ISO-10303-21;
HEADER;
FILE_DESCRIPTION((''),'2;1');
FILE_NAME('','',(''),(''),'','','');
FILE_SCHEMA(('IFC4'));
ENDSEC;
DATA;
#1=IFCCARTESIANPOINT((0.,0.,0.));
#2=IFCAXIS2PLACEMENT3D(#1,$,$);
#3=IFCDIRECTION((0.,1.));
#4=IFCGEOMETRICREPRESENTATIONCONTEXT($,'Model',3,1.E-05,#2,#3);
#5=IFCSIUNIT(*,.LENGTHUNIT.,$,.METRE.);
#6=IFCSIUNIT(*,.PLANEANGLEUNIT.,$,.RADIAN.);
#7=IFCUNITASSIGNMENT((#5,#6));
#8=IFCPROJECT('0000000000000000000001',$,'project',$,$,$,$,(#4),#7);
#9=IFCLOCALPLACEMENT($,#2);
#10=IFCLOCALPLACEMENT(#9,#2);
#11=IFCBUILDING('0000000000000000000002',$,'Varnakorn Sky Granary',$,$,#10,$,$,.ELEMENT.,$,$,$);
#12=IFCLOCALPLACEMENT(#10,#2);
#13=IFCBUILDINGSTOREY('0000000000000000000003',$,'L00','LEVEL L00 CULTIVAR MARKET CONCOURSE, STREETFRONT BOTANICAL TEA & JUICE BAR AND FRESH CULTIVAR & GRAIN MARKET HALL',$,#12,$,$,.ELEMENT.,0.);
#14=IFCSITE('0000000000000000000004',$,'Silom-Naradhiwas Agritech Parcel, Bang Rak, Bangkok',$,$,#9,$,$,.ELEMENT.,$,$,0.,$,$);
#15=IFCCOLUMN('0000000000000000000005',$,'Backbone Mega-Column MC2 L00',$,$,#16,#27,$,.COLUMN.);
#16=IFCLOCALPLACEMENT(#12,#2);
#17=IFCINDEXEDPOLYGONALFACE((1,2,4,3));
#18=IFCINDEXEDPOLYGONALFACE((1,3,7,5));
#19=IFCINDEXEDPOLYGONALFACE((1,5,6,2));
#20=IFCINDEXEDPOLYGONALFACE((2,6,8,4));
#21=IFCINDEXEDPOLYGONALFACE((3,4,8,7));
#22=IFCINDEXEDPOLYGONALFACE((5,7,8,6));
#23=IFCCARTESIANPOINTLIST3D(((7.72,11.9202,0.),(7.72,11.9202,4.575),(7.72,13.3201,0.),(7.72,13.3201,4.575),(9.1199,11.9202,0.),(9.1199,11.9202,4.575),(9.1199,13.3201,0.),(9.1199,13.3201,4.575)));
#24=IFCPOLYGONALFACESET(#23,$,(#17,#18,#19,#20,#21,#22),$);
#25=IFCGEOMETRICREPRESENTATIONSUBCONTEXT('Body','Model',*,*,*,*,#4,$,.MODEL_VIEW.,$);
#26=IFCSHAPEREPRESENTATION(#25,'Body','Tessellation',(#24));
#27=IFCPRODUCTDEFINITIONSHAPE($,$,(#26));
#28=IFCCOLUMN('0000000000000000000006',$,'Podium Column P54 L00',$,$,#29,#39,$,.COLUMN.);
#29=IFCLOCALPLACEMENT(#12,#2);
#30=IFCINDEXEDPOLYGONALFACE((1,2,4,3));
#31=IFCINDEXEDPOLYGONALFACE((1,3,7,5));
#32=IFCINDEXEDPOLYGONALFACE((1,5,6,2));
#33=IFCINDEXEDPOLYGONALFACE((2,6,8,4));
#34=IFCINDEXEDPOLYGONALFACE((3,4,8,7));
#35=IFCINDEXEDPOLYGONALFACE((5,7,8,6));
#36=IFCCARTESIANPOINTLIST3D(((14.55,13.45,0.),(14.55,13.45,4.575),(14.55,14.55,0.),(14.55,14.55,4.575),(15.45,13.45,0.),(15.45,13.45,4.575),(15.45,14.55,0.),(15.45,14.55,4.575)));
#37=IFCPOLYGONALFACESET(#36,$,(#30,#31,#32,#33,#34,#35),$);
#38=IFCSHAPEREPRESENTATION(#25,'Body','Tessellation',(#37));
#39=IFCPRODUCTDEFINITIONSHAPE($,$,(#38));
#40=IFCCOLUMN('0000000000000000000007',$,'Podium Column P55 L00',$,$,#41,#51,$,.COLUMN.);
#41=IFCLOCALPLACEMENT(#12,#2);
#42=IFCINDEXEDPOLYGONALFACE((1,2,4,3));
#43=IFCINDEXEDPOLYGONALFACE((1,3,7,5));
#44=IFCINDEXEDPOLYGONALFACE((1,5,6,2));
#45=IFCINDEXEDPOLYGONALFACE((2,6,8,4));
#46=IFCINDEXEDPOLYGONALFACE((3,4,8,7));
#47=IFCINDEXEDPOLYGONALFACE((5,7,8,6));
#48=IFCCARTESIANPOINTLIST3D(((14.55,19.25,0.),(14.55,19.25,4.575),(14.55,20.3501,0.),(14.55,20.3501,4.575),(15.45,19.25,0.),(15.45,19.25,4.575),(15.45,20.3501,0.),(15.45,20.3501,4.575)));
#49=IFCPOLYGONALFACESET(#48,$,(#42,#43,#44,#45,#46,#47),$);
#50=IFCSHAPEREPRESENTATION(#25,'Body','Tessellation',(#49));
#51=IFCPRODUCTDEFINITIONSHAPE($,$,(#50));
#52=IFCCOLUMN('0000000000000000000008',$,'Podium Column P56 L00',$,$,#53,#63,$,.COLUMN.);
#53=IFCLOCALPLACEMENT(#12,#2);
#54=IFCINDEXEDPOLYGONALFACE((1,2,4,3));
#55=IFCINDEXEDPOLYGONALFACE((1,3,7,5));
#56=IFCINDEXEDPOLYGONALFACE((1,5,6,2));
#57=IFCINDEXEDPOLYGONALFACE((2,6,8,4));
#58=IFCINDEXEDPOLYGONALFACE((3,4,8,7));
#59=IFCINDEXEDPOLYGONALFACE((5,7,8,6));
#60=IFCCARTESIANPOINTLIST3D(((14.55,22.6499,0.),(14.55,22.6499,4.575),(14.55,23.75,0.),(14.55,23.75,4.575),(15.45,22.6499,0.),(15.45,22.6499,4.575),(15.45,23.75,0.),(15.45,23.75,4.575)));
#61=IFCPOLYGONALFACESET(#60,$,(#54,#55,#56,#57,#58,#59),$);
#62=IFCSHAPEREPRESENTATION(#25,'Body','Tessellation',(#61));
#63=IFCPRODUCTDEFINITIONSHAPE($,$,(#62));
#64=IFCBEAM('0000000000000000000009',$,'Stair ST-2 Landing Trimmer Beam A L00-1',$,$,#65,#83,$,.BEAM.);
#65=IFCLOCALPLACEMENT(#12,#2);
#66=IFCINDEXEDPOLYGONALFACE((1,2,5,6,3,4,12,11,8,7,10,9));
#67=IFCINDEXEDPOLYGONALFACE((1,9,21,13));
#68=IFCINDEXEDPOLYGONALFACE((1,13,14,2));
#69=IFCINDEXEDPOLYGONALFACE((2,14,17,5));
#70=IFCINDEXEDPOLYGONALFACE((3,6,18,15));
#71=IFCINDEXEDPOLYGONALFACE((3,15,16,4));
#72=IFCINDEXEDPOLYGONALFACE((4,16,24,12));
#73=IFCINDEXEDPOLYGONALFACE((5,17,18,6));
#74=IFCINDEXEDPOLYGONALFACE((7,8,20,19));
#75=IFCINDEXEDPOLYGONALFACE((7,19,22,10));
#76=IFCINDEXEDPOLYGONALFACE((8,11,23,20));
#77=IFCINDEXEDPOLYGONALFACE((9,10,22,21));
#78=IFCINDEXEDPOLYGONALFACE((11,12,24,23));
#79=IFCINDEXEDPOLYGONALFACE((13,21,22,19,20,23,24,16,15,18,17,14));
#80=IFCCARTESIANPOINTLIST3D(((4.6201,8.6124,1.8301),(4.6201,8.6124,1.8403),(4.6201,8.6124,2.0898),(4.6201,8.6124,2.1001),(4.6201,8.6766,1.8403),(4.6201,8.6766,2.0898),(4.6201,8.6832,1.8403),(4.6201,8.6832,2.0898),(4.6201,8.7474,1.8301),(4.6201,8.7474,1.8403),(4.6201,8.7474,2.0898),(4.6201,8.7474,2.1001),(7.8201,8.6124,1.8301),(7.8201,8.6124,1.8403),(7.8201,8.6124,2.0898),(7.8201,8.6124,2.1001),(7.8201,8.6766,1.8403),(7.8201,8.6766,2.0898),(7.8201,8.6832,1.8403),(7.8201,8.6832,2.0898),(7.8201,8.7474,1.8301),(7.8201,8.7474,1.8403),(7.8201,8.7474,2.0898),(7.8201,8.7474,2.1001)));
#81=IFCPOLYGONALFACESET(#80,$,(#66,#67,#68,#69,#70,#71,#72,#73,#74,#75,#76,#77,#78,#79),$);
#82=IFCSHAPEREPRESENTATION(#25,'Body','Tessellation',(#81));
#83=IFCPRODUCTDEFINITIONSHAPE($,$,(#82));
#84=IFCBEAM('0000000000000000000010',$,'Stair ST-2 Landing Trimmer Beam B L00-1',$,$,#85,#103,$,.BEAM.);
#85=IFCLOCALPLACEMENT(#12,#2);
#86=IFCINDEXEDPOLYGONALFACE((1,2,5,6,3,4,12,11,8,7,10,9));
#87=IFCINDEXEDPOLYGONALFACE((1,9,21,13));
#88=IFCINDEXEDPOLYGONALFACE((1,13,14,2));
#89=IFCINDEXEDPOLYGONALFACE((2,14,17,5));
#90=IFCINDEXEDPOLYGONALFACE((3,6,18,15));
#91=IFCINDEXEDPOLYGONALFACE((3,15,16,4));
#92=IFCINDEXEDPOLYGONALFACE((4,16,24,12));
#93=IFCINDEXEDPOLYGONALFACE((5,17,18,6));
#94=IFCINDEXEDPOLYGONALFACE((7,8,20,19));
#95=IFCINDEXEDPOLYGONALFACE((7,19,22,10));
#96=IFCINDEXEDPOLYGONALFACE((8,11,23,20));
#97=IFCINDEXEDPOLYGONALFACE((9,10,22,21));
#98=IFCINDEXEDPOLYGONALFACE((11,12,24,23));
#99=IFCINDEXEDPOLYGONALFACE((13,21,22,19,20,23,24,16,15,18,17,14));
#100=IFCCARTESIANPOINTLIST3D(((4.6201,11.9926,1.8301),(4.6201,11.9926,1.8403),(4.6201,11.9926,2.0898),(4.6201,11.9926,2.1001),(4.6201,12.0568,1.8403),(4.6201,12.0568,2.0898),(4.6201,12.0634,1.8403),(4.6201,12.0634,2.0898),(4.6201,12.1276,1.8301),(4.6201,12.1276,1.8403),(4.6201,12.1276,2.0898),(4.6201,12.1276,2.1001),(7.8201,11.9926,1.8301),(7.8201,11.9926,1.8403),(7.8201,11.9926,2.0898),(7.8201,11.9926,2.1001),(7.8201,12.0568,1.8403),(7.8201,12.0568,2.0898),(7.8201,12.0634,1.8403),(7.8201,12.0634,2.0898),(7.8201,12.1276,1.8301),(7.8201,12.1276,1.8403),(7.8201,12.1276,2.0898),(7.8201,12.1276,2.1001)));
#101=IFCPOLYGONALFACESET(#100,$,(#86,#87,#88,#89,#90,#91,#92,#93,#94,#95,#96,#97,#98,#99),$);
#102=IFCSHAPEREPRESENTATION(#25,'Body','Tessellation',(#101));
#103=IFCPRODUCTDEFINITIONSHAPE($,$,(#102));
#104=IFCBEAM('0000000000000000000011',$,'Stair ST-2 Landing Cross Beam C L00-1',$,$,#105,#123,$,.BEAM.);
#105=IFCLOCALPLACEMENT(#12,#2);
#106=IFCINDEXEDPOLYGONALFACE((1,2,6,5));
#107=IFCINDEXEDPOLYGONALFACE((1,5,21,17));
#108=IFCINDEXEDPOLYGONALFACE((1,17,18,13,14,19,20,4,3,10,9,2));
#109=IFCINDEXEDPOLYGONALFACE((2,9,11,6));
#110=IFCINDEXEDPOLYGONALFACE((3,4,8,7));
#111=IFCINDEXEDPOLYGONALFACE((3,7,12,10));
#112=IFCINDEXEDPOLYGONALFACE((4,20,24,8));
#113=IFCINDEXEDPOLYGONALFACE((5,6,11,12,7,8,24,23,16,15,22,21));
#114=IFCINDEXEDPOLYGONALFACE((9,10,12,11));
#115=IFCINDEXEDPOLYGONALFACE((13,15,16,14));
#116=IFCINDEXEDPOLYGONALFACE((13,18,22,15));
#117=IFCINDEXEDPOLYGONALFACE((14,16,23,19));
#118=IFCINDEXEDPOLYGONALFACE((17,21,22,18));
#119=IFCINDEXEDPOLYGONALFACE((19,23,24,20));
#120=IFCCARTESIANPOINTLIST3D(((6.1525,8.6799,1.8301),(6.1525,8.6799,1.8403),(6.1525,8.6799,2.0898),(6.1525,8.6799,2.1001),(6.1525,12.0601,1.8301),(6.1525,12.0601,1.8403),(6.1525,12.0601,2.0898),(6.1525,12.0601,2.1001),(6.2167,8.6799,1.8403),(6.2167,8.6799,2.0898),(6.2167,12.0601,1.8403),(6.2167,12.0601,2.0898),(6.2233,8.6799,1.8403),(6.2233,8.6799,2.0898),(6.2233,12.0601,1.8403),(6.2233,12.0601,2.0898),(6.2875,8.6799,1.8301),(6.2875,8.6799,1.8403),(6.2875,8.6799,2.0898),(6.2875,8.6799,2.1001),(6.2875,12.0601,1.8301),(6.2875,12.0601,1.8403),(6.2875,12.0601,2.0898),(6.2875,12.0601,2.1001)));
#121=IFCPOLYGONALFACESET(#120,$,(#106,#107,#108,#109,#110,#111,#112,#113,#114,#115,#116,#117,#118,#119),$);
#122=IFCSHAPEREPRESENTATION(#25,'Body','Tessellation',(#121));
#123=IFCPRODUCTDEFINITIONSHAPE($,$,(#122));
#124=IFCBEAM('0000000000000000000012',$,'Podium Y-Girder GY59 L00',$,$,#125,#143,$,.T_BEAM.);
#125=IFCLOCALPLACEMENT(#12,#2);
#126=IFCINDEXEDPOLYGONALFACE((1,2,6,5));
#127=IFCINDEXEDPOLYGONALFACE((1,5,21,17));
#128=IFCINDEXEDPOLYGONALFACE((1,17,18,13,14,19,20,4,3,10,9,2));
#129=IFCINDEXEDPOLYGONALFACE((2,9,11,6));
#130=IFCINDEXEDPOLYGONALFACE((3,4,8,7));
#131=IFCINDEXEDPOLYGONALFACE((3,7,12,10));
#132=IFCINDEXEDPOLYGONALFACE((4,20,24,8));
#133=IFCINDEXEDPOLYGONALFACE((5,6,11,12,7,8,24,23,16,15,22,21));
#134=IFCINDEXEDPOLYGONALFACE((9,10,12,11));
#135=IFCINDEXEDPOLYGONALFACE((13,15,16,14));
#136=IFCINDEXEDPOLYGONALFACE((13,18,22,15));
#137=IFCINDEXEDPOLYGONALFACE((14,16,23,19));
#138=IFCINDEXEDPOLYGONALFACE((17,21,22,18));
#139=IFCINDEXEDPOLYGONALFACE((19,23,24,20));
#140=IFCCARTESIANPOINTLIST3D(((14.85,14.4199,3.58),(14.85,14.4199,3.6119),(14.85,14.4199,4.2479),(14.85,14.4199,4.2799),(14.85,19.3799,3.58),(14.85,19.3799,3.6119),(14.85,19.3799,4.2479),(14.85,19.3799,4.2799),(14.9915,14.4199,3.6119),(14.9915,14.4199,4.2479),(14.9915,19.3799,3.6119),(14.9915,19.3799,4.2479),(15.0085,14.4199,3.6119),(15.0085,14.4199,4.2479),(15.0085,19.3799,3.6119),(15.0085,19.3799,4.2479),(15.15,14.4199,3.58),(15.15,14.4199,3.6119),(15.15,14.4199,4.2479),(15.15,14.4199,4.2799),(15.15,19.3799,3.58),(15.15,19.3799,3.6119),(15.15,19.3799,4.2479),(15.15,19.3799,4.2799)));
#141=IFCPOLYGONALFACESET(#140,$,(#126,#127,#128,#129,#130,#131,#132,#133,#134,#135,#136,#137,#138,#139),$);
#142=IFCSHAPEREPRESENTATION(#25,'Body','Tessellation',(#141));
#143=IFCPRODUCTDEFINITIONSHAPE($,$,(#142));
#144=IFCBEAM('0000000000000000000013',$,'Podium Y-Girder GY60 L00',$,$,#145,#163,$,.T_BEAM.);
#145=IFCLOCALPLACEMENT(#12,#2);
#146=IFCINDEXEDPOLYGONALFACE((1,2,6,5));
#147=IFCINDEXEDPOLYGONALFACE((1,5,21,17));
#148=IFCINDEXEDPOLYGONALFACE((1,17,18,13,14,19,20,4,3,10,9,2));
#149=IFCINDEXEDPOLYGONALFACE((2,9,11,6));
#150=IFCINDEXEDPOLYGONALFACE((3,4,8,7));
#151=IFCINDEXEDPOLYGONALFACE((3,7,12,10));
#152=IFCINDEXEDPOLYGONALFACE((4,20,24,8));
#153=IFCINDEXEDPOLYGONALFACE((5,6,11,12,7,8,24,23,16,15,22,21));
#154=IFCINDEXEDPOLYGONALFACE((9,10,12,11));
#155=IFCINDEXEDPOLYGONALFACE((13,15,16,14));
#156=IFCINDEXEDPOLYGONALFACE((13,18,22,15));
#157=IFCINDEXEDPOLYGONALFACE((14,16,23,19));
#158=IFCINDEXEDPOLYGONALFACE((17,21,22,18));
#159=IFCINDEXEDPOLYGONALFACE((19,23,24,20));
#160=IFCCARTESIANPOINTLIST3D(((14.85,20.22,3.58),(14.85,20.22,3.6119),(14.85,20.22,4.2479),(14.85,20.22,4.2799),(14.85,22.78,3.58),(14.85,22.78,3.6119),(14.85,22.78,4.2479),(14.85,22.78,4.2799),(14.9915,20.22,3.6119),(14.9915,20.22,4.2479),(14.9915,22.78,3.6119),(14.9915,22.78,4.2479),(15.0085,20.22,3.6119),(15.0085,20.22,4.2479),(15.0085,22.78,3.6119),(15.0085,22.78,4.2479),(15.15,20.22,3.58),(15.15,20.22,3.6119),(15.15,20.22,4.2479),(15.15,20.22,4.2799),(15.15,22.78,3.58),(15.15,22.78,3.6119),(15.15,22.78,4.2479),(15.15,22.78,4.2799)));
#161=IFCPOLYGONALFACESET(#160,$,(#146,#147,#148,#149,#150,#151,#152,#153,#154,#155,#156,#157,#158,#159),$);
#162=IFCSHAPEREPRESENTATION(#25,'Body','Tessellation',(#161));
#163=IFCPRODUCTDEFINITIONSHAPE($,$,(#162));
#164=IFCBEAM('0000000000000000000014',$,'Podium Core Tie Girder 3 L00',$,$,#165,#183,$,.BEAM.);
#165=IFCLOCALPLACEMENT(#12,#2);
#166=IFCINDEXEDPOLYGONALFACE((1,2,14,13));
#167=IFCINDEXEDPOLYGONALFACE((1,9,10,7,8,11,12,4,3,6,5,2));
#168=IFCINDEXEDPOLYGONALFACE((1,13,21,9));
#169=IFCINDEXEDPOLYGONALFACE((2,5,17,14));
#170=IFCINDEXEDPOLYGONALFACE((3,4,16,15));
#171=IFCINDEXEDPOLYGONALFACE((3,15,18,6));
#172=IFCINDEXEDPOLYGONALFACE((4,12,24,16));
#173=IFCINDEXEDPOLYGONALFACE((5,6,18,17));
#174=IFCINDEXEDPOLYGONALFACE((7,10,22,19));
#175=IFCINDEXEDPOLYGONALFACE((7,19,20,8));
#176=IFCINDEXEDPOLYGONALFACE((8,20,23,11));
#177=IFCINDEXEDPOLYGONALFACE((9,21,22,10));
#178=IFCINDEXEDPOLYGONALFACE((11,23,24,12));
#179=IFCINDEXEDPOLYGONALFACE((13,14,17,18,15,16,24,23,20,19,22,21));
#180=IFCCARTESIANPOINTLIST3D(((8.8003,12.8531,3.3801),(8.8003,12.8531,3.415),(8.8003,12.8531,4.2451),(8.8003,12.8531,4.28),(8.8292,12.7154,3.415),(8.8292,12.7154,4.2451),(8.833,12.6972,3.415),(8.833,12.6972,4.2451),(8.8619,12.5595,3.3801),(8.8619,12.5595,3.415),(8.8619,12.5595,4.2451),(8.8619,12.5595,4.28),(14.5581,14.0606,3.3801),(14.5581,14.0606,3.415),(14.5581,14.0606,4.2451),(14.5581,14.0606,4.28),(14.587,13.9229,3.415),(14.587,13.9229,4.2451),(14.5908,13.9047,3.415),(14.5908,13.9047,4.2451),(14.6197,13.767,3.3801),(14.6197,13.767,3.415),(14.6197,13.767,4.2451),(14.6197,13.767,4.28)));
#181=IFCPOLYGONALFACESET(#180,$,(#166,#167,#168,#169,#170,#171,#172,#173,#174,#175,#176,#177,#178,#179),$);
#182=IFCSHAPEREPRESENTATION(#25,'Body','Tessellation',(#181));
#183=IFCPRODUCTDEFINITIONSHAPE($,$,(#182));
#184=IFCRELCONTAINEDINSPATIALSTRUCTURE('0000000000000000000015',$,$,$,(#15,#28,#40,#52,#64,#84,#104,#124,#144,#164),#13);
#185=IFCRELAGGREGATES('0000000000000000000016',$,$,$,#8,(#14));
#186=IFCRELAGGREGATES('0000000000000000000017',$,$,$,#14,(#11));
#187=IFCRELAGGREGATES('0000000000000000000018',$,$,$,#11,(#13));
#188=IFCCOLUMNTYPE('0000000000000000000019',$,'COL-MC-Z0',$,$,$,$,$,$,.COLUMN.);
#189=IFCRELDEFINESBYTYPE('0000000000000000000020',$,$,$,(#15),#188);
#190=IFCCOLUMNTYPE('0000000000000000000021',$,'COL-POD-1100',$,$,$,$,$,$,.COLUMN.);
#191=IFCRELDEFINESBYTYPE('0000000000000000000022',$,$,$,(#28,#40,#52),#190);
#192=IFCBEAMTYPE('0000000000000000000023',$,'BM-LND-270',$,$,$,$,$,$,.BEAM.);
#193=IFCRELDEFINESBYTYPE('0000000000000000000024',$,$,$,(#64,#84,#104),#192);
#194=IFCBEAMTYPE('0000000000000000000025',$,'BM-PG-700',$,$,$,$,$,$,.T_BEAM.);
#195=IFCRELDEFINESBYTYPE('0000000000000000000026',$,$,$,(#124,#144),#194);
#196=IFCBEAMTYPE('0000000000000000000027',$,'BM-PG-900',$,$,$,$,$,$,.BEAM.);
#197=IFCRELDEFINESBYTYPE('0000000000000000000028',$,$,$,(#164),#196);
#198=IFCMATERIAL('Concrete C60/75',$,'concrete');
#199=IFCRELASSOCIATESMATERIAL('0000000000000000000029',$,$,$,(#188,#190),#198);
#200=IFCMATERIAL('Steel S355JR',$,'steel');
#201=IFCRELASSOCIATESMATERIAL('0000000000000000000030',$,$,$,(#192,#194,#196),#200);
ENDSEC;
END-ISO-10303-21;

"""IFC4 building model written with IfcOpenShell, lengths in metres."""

from ifc_helpers import new_model, si_unit, direction, frame, origin, origin_2d, place, context, subcontext, project, spatial, rectangle, i_section, extrude, material, material_profile, profile_set, type_object, element, save


model = new_model("IFC4")

# Units and contexts
model_context = context("Model", 3, precision=1e-05, world=origin(), true_north=direction((0.0, 1.0)))
body_context = subcontext(model_context, "Body", "Model", "MODEL_VIEW")
ifc_project = project(units=[si_unit("LENGTHUNIT", "METRE"), si_unit("PLANEANGLEUNIT", "RADIAN")], contexts=[model_context])

# Site, building, storey
site_placement = place(None, origin())
site = spatial("IfcSite", under=ifc_project, at=site_placement, Name="Silom-Naradhiwas Agritech Parcel, Bang Rak, Bangkok", CompositionType="ELEMENT", RefElevation=0.0)
building_placement = place(site_placement, origin())
building = spatial("IfcBuilding", under=site, at=building_placement, Name="Varnakorn Sky Granary", CompositionType="ELEMENT")
storey_placement = place(building_placement, origin())
storey = spatial("IfcBuildingStorey", under=building, at=storey_placement, Name="L00", Description="LEVEL L00 CULTIVAR MARKET CONCOURSE, STREETFRONT BOTANICAL TEA & JUICE BAR AND FRESH CULTIVAR & GRAIN MARKET HALL", CompositionType="ELEMENT", Elevation=0.0)

# Columns
ifc_material_1 = material(Name="Concrete C60/75", Category="concrete")
ifc_material_profile_1 = material_profile(ifc_material_1, rectangle(XDim=1.3999, YDim=1.3999, at=origin_2d()), Name="RC 1400x1400")
ifc_profile_set_1 = profile_set([ifc_material_profile_1], Name="Concrete C60/75")
column_type_1 = type_object("IfcColumnType", Name="COL-MC-Z0", PredefinedType="COLUMN", material=ifc_profile_set_1)
column_placement = place(storey_placement, frame((8.4199, 12.6201, 0.0), z_axis=(0.0, 0.0, 1.0), x_axis=(1.0, 0.0, 0.0)))
element("IfcColumn", 1, at=column_placement, inside=storey, type_object=column_type_1, Name="Backbone Mega-Column MC2 L00", PredefinedType="COLUMN", context=body_context, shape_type="SweptSolid", body=[
    extrude(rectangle(XDim=1.3999, YDim=1.3999, at=origin_2d()), origin(), (0.0, 0.0, 1.0), 4.575),
])
ifc_material_profile_2 = material_profile(ifc_material_1, rectangle(XDim=0.8999, YDim=1.1001, at=origin_2d()), Name="RC 900x1100")
ifc_profile_set_2 = profile_set([ifc_material_profile_2], Name="Concrete C60/75")
column_type_2 = type_object("IfcColumnType", Name="COL-POD-1100", PredefinedType="COLUMN", material=ifc_profile_set_2)
for number, where, z_axis, x_axis, name in (
    (2, (15.0, 14.0, 0.0), (0.0, 0.0, 1.0), (1.0, 0.0, 0.0), "Podium Column P54 L00"),
    (3, (15.0, 19.8, 0.0), (0.0, 0.0, 1.0), (1.0, 0.0, 0.0), "Podium Column P55 L00"),
    (4, (15.0, 23.2, 0.0), (0.0, 0.0, 1.0), (1.0, 0.0, 0.0), "Podium Column P56 L00"),
):
    element("IfcColumn", number, at=place(storey_placement, frame(where, z_axis=z_axis, x_axis=x_axis)), inside=storey, type_object=column_type_2, Name=name, PredefinedType="COLUMN", context=body_context, shape_type="SweptSolid", body=[
        extrude(rectangle(XDim=0.8999, YDim=1.1001, at=origin_2d()), origin(), (0.0, 0.0, 1.0), 4.575),
    ])

# Beams
ifc_material_2 = material(Name="Steel S355JR", Category="steel")
ifc_material_profile_3 = material_profile(ifc_material_2, i_section(OverallWidth=0.135, OverallDepth=0.27, WebThickness=0.0066, FlangeThickness=0.0103, at=origin_2d()), Name="IPE 270")
ifc_profile_set_3 = profile_set([ifc_material_profile_3], Name="Steel S355JR")
beam_type_1 = type_object("IfcBeamType", Name="BM-LND-270", PredefinedType="BEAM", material=ifc_profile_set_3)
for number, where, z_axis, x_axis, name in (
    (5, (4.6201, 8.6799, 1.9651), (1.0, 0.0, 0.0), (0.0, 1.0, 0.0), "Stair ST-2 Landing Trimmer Beam A L00-1"),
    (6, (4.6201, 12.0601, 1.9651), (1.0, 0.0, 0.0), (0.0, 1.0, 0.0), "Stair ST-2 Landing Trimmer Beam B L00-1"),
):
    element("IfcBeam", number, at=place(storey_placement, frame(where, z_axis=z_axis, x_axis=x_axis)), inside=storey, type_object=beam_type_1, Name=name, PredefinedType="BEAM", context=body_context, shape_type="SweptSolid", body=[
        extrude(i_section(OverallWidth=0.135, OverallDepth=0.27, WebThickness=0.0066, FlangeThickness=0.0103, at=origin_2d()), origin(), (0.0, 0.0, 1.0), 3.2),
    ])
beam_1_placement = place(storey_placement, frame((6.22, 8.6799, 1.9651), z_axis=(0.0, 1.0, 0.0), x_axis=(-1.0, 0.0, 0.0)))
element("IfcBeam", 7, at=beam_1_placement, inside=storey, type_object=beam_type_1, Name="Stair ST-2 Landing Cross Beam C L00-1", PredefinedType="BEAM", context=body_context, shape_type="SweptSolid", body=[
    extrude(i_section(OverallWidth=0.135, OverallDepth=0.27, WebThickness=0.0066, FlangeThickness=0.0103, at=origin_2d()), origin(), (0.0, 0.0, 1.0), 3.3801),
])
ifc_material_profile_4 = material_profile(ifc_material_2, i_section(OverallWidth=0.3, OverallDepth=0.7, WebThickness=0.0171, FlangeThickness=0.032, at=origin_2d()), Name="HE 700 B")
ifc_profile_set_4 = profile_set([ifc_material_profile_4], Name="Steel S355JR")
beam_type_2 = type_object("IfcBeamType", Name="BM-PG-700", PredefinedType="T_BEAM", material=ifc_profile_set_4)
beam_2_placement = place(storey_placement, frame((15.0, 14.4199, 3.9299), z_axis=(0.0, 1.0, 0.0), x_axis=(-1.0, 0.0, 0.0)))
element("IfcBeam", 8, at=beam_2_placement, inside=storey, type_object=beam_type_2, Name="Podium Y-Girder GY59 L00", PredefinedType="T_BEAM", context=body_context, shape_type="SweptSolid", body=[
    extrude(i_section(OverallWidth=0.3, OverallDepth=0.7, WebThickness=0.0171, FlangeThickness=0.032, at=origin_2d()), origin(), (0.0, 0.0, 1.0), 4.96),
])
beam_3_placement = place(storey_placement, frame((15.0, 20.22, 3.9299), z_axis=(0.0, 1.0, 0.0), x_axis=(-1.0, 0.0, 0.0)))
element("IfcBeam", 9, at=beam_3_placement, inside=storey, type_object=beam_type_2, Name="Podium Y-Girder GY60 L00", PredefinedType="T_BEAM", context=body_context, shape_type="SweptSolid", body=[
    extrude(i_section(OverallWidth=0.3, OverallDepth=0.7, WebThickness=0.0171, FlangeThickness=0.032, at=origin_2d()), origin(), (0.0, 0.0, 1.0), 2.5601),
])
ifc_material_profile_5 = material_profile(ifc_material_2, i_section(OverallWidth=0.3, OverallDepth=0.8999, WebThickness=0.0186, FlangeThickness=0.0349, at=origin_2d()), Name="HE 900 B")
ifc_profile_set_5 = profile_set([ifc_material_profile_5], Name="Steel S355JR")
beam_type_3 = type_object("IfcBeamType", Name="BM-PG-900", PredefinedType="BEAM", material=ifc_profile_set_5)
beam_4_placement = place(storey_placement, frame((14.5889, 13.9138, 3.8301), z_axis=(-0.978709, -0.205253, 0.0), x_axis=(0.205253, -0.978709, 0.0)))
element("IfcBeam", 10, at=beam_4_placement, inside=storey, type_object=beam_type_3, Name="Podium Core Tie Girder 3 L00", PredefinedType="BEAM", context=body_context, shape_type="SweptSolid", body=[
    extrude(i_section(OverallWidth=0.3, OverallDepth=0.8999, WebThickness=0.0186, FlangeThickness=0.0349, at=origin_2d()), origin(), (0.0, 0.0, 1.0), 5.8831),
])

save(model, "model.ifc")
